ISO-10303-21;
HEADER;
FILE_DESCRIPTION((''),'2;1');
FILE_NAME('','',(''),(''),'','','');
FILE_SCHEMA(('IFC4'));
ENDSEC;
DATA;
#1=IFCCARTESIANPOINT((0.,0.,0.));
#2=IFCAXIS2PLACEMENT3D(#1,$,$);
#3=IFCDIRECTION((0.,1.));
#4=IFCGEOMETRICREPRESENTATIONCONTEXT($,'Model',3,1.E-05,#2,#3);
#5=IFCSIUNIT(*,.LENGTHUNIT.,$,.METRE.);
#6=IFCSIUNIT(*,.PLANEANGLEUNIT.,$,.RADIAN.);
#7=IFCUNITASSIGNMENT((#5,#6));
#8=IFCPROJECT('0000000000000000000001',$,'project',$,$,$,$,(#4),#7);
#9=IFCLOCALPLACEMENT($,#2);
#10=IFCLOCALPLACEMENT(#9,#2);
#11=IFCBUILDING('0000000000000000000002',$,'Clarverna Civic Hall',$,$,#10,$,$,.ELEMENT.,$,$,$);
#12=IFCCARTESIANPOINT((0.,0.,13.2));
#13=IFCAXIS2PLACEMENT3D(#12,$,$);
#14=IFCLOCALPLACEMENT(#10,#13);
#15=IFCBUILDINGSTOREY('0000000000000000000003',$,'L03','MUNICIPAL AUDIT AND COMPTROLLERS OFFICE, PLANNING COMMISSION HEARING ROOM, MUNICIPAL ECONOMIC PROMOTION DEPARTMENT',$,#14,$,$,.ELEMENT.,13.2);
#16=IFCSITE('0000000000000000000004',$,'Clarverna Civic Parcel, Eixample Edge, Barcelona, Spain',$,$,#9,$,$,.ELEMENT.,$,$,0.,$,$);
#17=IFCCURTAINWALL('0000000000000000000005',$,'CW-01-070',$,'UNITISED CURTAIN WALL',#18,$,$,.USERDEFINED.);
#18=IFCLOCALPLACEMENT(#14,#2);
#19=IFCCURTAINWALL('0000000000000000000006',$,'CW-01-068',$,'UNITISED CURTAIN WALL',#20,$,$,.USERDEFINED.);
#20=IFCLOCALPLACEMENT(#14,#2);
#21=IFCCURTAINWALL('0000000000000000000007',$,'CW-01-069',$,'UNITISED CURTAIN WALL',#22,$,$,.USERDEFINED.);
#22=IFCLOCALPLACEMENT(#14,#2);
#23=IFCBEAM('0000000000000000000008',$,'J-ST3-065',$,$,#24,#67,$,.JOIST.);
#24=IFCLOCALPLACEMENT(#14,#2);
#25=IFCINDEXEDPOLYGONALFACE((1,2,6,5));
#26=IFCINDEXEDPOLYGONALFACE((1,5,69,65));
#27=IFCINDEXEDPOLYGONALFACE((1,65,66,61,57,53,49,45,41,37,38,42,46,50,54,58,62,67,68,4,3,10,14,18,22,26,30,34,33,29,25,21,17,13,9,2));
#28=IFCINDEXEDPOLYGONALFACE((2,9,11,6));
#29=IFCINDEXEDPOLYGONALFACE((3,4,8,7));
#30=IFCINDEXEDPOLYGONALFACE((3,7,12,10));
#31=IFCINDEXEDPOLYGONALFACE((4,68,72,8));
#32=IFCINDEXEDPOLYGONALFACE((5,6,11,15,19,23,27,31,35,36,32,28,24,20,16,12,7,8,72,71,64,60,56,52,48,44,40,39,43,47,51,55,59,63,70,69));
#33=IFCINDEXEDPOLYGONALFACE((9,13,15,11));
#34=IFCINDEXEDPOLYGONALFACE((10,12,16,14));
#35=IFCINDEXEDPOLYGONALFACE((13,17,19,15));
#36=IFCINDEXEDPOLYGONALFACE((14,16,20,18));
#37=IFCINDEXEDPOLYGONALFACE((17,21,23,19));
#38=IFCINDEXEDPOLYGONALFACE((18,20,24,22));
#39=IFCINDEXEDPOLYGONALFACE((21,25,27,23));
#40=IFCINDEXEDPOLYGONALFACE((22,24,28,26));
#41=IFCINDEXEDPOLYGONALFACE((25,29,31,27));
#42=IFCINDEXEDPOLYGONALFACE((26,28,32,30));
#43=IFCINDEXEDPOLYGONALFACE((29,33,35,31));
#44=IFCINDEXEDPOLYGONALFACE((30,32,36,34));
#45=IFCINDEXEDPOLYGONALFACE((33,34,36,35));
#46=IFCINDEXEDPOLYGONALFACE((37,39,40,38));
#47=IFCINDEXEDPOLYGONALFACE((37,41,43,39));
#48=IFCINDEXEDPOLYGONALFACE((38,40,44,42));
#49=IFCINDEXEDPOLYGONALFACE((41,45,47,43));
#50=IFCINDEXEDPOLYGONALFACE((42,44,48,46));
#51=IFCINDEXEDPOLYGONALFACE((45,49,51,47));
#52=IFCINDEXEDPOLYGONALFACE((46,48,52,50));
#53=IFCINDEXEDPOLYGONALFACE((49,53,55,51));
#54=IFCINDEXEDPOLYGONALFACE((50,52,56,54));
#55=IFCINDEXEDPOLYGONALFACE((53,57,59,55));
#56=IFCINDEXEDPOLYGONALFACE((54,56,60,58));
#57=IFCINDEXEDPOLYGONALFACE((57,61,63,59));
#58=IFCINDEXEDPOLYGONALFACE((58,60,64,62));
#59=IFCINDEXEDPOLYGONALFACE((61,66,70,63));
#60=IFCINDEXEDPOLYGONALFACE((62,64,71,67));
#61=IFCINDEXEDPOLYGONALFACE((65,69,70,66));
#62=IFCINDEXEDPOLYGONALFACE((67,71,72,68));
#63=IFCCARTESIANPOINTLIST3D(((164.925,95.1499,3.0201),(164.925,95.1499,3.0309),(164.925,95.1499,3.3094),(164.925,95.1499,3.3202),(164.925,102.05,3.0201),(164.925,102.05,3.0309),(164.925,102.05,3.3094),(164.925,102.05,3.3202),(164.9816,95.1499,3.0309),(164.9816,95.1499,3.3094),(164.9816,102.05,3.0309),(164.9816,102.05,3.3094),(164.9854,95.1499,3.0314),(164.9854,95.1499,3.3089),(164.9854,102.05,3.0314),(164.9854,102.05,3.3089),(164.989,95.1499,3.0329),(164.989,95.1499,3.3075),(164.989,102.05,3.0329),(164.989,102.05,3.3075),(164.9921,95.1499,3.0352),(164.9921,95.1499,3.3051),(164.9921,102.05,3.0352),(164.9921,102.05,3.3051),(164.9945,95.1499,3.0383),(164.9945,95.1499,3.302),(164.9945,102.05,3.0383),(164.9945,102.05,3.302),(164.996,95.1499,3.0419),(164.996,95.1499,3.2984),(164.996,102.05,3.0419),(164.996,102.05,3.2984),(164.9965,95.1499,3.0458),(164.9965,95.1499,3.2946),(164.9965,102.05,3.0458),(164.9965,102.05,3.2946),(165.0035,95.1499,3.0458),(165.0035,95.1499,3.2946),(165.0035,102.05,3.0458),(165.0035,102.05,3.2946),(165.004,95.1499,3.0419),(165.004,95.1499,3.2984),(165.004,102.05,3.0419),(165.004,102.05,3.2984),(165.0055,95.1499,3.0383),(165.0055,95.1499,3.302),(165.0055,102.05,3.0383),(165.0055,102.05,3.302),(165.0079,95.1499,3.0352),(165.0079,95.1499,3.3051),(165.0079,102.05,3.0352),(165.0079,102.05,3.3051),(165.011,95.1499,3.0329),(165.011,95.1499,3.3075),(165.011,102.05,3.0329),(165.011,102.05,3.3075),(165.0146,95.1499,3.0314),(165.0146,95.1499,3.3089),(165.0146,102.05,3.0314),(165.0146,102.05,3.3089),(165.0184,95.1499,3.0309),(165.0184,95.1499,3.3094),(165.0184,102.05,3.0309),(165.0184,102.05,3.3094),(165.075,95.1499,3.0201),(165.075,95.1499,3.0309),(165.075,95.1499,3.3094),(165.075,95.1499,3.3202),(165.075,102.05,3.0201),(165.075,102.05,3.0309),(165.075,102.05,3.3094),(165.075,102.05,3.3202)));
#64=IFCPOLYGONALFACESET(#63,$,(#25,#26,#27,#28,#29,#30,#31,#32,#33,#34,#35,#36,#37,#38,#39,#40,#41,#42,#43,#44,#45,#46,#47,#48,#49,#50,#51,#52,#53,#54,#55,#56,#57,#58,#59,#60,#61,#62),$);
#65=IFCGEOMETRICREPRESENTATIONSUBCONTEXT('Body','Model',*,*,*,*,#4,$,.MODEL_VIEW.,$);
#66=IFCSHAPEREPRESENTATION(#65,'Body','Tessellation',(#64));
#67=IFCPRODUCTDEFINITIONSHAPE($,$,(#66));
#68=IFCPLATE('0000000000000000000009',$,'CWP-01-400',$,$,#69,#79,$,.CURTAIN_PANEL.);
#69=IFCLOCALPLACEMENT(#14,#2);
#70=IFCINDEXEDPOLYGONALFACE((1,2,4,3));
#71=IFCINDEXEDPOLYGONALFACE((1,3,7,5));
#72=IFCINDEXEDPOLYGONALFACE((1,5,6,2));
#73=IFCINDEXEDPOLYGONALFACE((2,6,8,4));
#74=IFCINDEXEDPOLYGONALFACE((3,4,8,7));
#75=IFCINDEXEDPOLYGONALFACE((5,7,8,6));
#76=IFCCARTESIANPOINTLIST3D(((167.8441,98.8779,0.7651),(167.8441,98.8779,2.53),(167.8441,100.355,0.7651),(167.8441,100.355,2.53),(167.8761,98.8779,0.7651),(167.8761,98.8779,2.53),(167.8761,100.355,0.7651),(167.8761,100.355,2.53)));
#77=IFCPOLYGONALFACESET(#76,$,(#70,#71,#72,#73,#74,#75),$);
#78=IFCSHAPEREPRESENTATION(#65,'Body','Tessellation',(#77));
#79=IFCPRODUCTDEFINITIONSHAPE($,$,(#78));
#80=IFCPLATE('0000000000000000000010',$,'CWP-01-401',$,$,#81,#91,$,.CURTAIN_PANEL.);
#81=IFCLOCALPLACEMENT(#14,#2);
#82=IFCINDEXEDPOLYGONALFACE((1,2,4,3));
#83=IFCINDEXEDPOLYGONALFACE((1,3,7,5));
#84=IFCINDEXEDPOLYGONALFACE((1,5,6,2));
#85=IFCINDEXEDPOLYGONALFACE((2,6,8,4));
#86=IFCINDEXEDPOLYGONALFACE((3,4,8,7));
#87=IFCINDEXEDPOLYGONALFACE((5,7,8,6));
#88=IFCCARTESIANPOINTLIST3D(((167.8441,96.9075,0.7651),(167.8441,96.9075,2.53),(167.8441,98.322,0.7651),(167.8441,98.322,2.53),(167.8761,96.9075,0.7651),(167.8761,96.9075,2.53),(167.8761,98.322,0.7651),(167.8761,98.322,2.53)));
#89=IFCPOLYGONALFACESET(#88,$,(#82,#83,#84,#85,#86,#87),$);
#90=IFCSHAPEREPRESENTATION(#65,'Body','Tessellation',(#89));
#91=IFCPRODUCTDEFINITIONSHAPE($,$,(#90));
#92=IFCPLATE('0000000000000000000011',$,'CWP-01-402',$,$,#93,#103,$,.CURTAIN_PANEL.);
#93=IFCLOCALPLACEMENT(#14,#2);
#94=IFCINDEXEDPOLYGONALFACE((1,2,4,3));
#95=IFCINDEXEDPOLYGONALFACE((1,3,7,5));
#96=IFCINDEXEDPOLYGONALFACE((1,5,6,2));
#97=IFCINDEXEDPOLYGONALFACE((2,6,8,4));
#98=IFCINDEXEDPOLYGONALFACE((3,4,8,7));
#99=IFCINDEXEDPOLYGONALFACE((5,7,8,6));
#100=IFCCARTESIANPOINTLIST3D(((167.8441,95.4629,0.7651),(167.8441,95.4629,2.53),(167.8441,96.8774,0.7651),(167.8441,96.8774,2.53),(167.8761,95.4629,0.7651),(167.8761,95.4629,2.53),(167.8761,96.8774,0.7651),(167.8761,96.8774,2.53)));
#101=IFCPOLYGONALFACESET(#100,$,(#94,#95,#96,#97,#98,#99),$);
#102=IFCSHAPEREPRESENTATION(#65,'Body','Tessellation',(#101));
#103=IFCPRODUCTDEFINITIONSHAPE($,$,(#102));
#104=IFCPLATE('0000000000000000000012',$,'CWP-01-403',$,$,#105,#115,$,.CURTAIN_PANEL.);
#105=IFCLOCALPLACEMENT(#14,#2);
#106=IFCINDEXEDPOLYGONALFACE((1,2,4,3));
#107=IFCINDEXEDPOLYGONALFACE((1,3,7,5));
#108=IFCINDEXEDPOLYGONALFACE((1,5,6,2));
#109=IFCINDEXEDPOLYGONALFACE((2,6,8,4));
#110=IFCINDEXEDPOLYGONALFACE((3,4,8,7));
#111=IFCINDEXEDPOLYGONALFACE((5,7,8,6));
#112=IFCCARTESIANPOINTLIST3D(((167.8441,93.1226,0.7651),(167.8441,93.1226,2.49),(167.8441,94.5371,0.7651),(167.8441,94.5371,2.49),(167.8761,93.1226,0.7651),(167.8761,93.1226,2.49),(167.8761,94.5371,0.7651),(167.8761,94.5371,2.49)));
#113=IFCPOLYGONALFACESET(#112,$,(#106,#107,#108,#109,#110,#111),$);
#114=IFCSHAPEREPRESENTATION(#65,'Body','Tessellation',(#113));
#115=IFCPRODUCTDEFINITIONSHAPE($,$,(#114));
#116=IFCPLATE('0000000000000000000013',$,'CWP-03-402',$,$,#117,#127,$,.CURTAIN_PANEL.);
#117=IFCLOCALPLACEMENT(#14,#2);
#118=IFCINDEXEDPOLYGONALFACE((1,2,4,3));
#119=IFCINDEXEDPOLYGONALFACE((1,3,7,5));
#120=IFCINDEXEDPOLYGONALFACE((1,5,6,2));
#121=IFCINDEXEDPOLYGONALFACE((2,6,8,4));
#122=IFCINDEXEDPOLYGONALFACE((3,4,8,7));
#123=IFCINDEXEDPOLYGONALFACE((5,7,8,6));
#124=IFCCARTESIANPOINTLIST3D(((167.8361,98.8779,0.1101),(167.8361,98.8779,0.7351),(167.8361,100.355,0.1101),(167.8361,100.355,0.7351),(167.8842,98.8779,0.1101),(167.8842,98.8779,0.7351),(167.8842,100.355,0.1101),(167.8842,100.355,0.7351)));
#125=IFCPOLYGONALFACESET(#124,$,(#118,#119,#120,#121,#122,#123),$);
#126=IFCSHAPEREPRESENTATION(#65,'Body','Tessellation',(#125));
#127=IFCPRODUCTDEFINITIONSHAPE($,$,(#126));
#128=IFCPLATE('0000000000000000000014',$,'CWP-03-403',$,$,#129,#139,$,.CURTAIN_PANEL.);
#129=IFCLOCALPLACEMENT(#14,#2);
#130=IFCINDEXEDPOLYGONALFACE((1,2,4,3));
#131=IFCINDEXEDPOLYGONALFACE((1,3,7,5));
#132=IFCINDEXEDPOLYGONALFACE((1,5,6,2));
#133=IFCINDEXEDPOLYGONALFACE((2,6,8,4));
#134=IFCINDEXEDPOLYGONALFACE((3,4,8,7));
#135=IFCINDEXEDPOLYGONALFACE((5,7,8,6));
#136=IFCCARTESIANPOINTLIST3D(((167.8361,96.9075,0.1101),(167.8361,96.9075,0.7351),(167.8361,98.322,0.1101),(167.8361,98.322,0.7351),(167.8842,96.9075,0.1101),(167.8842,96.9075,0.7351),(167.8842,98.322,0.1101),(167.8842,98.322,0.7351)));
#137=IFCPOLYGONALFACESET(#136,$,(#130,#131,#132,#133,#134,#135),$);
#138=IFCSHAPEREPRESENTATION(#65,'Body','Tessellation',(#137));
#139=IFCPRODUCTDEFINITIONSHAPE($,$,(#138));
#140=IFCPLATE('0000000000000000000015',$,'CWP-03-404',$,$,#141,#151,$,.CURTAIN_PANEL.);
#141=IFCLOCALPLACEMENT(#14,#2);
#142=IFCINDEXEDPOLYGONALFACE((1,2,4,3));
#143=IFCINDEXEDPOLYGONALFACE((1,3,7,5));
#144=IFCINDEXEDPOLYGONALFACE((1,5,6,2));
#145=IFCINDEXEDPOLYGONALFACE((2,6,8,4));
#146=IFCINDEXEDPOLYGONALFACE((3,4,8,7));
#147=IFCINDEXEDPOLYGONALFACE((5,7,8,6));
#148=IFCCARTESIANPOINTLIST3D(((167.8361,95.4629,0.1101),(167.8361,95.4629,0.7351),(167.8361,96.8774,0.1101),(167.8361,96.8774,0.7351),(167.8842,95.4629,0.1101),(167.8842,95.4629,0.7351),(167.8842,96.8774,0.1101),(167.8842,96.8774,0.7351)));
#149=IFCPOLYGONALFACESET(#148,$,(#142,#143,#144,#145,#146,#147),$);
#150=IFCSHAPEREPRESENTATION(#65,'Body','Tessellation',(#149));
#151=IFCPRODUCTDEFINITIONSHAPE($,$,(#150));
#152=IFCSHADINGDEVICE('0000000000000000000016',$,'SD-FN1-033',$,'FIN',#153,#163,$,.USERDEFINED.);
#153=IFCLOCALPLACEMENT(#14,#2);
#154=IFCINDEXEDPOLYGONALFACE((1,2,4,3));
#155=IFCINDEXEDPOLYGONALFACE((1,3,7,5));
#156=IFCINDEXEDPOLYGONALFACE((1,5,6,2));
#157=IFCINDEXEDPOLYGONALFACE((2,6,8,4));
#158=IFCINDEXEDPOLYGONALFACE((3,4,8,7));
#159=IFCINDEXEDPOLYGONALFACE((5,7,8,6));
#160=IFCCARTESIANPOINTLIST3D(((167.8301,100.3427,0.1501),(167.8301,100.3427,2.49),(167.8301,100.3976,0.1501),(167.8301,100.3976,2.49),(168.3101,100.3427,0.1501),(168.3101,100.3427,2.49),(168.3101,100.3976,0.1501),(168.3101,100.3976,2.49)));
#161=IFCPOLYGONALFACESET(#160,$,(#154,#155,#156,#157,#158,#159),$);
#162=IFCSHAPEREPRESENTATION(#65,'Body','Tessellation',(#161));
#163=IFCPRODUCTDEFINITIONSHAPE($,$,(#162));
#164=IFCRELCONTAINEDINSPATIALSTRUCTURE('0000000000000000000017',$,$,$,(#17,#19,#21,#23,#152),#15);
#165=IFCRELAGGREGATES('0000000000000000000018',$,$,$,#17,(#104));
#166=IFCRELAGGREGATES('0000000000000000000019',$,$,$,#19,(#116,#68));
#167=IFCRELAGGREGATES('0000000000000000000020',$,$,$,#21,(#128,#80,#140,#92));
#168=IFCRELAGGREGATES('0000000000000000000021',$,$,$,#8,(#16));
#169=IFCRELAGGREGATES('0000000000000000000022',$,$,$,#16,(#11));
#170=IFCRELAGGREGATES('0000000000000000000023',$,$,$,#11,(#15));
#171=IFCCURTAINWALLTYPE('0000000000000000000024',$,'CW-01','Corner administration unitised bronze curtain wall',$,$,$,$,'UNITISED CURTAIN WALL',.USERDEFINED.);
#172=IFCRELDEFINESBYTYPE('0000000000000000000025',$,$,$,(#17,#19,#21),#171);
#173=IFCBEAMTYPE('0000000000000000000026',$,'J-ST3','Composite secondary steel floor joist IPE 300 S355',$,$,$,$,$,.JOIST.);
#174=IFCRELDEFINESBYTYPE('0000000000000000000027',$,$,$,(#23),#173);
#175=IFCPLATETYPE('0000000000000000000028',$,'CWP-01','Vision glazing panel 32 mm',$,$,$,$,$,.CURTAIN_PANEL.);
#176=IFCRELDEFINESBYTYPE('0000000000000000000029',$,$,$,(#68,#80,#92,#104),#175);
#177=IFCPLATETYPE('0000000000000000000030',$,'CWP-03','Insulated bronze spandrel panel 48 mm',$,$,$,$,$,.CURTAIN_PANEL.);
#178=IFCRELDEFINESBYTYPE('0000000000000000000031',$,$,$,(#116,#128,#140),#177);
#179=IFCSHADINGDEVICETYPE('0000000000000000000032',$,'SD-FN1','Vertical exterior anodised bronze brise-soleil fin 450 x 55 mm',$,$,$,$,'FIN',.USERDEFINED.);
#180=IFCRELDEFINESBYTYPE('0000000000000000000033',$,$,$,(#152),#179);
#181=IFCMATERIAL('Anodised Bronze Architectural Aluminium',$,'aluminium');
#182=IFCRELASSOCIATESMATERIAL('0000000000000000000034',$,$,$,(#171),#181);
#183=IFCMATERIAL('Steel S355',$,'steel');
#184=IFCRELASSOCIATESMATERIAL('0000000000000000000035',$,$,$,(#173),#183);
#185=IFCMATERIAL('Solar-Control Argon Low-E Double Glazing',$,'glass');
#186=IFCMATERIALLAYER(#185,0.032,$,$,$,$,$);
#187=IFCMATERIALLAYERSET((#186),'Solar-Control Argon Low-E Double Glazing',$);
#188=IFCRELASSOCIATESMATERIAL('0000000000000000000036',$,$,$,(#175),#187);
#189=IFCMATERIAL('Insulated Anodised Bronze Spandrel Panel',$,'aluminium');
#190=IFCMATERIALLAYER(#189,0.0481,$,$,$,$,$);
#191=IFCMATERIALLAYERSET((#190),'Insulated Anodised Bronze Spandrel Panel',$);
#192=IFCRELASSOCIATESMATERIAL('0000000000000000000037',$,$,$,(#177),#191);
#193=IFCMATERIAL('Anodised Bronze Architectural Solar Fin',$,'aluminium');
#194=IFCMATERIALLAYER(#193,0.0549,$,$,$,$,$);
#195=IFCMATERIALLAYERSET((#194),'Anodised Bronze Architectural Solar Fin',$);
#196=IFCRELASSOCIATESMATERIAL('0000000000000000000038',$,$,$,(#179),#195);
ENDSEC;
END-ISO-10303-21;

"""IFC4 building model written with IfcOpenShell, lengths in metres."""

from ifc_helpers import new_model, si_unit, direction, frame, frame_2d, origin, origin_2d, place, context, subcontext, project, spatial, rectangle, i_section, extrude, material, layer, layer_set, material_profile, profile_set, type_object, element, aggregate, save


model = new_model("IFC4")

# Units and contexts
model_context = context("Model", 3, precision=1e-05, world=origin(), true_north=direction((0.0, 1.0)))
body_context = subcontext(model_context, "Body", "Model", "MODEL_VIEW")
ifc_project = project(units=[si_unit("LENGTHUNIT", "METRE"), si_unit("PLANEANGLEUNIT", "RADIAN")], contexts=[model_context])

# Site, building, storey
site_placement = place(None, origin())
site = spatial("IfcSite", under=ifc_project, at=site_placement, Name="Clarverna Civic Parcel, Eixample Edge, Barcelona, Spain", CompositionType="ELEMENT", RefElevation=0.0)
building_placement = place(site_placement, origin())
building = spatial("IfcBuilding", under=site, at=building_placement, Name="Clarverna Civic Hall", CompositionType="ELEMENT")
storey_placement = place(building_placement, frame((0.0, 0.0, 13.2)))
storey = spatial("IfcBuildingStorey", under=building, at=storey_placement, Name="L03", Description="MUNICIPAL AUDIT AND COMPTROLLERS OFFICE, PLANNING COMMISSION HEARING ROOM, MUNICIPAL ECONOMIC PROMOTION DEPARTMENT", CompositionType="ELEMENT", Elevation=13.2)

# Shared definitions
ifc_material_1 = material(Name="Steel S355", Category="steel")

# Curtain wall
ifc_material_2 = material(Name="Anodised Bronze Architectural Aluminium", Category="aluminium")
curtain_wall_type = type_object("IfcCurtainWallType", Name="CW-01", Description="Corner administration unitised bronze curtain wall", ElementType="UNITISED CURTAIN WALL", PredefinedType="USERDEFINED", material=ifc_material_2)
curtain_wall_1_placement = place(storey_placement, origin())
curtain_wall_1 = element("IfcCurtainWall", 1, at=curtain_wall_1_placement, inside=storey, type_object=curtain_wall_type, Name="CW-01-070", ObjectType="UNITISED CURTAIN WALL", PredefinedType="USERDEFINED")

# Curtain walls
curtain_wall_2_placement = place(storey_placement, origin())
curtain_wall_2 = element("IfcCurtainWall", 2, at=curtain_wall_2_placement, inside=storey, type_object=curtain_wall_type, Name="CW-01-068", ObjectType="UNITISED CURTAIN WALL", PredefinedType="USERDEFINED")
curtain_wall_3_placement = place(storey_placement, origin())
curtain_wall_3 = element("IfcCurtainWall", 3, at=curtain_wall_3_placement, inside=storey, type_object=curtain_wall_type, Name="CW-01-069", ObjectType="UNITISED CURTAIN WALL", PredefinedType="USERDEFINED")

# Beam
ifc_material_profile_1 = material_profile(ifc_material_1, i_section(OverallWidth=0.1499, OverallDepth=0.3, WebThickness=0.0071, FlangeThickness=0.0107, FilletRadius=0.0149, at=origin_2d()), Name="IPE 300")
ifc_profile_set_1 = profile_set([ifc_material_profile_1], Name="Steel S355")
beam_type_1 = type_object("IfcBeamType", Name="J-ST3", Description="Composite secondary steel floor joist IPE 300 S355", PredefinedType="JOIST", material=ifc_profile_set_1)
beam_1_placement = place(storey_placement, frame((165.0, 95.1499, 3.1702), z_axis=(0.0, 1.0, 0.0), x_axis=(-1.0, 0.0, 0.0)))
element("IfcBeam", 4, at=beam_1_placement, inside=storey, type_object=beam_type_1, Name="J-ST3-065", PredefinedType="JOIST", context=body_context, shape_type="SweptSolid", body=[
    extrude(i_section(OverallWidth=0.1499, OverallDepth=0.3, WebThickness=0.0071, FlangeThickness=0.0107, FilletRadius=0.0149, at=origin_2d()), origin(), (0.0, 0.0, 1.0), 6.9001),
])

# Plates
ifc_material_3 = material(Name="Solar-Control Argon Low-E Double Glazing", Category="glass")
ifc_layer_1 = layer(ifc_material_3, 0.032)
ifc_layer_set_1 = layer_set([ifc_layer_1], Name="Solar-Control Argon Low-E Double Glazing")
plate_type_1 = type_object("IfcPlateType", Name="CWP-01", Description="Vision glazing panel 32 mm", PredefinedType="CURTAIN_PANEL", material=ifc_layer_set_1)
plate_1_placement = place(storey_placement, frame((167.8601, 100.355, 0.7651), z_axis=(0.0, 0.0, 1.0), x_axis=(0.0, -1.0, 0.0)))
plate_1 = element("IfcPlate", 5, at=plate_1_placement, type_object=plate_type_1, Name="CWP-01-400", PredefinedType="CURTAIN_PANEL", context=body_context, shape_type="SweptSolid", body=[
    extrude(rectangle(XDim=1.4771, YDim=0.032, at=frame_2d((0.7385, 0.0))), origin(), (0.0, 0.0, 1.0), 1.7649),
])
plate_2_placement = place(storey_placement, frame((167.8601, 98.322, 0.7651), z_axis=(0.0, 0.0, 1.0), x_axis=(0.0, -1.0, 0.0)))
plate_2 = element("IfcPlate", 6, at=plate_2_placement, type_object=plate_type_1, Name="CWP-01-401", PredefinedType="CURTAIN_PANEL", context=body_context, shape_type="SweptSolid", body=[
    extrude(rectangle(XDim=1.4146, YDim=0.032, at=frame_2d((0.7073, 0.0))), origin(), (0.0, 0.0, 1.0), 1.7649),
])
plate_3_placement = place(storey_placement, frame((167.8601, 96.8774, 0.7651), z_axis=(0.0, 0.0, 1.0), x_axis=(0.0, -1.0, 0.0)))
plate_3 = element("IfcPlate", 7, at=plate_3_placement, type_object=plate_type_1, Name="CWP-01-402", PredefinedType="CURTAIN_PANEL", context=body_context, shape_type="SweptSolid", body=[
    extrude(rectangle(XDim=1.4146, YDim=0.032, at=frame_2d((0.7073, 0.0))), origin(), (0.0, 0.0, 1.0), 1.7649),
])
plate_4_placement = place(storey_placement, frame((167.8601, 94.5371, 0.7651), z_axis=(0.0, 0.0, 1.0), x_axis=(0.0, -1.0, 0.0)))
plate_4 = element("IfcPlate", 8, at=plate_4_placement, type_object=plate_type_1, Name="CWP-01-403", PredefinedType="CURTAIN_PANEL", context=body_context, shape_type="SweptSolid", body=[
    extrude(rectangle(XDim=1.4146, YDim=0.032, at=frame_2d((0.7073, 0.0))), origin(), (0.0, 0.0, 1.0), 1.7249),
])
aggregate(curtain_wall_1, [plate_4])
ifc_material_4 = material(Name="Insulated Anodised Bronze Spandrel Panel", Category="aluminium")
ifc_layer_2 = layer(ifc_material_4, 0.0481)
ifc_layer_set_2 = layer_set([ifc_layer_2], Name="Insulated Anodised Bronze Spandrel Panel")
plate_type_2 = type_object("IfcPlateType", Name="CWP-03", Description="Insulated bronze spandrel panel 48 mm", PredefinedType="CURTAIN_PANEL", material=ifc_layer_set_2)
plate_5_placement = place(storey_placement, frame((167.8601, 100.355, 0.1101), z_axis=(0.0, 0.0, 1.0), x_axis=(0.0, -1.0, 0.0)))
plate_5 = element("IfcPlate", 9, at=plate_5_placement, type_object=plate_type_2, Name="CWP-03-402", PredefinedType="CURTAIN_PANEL", context=body_context, shape_type="SweptSolid", body=[
    extrude(rectangle(XDim=1.4771, YDim=0.0481, at=frame_2d((0.7385, 0.0))), origin(), (0.0, 0.0, 1.0), 0.625),
])
aggregate(curtain_wall_2, [plate_5, plate_1])
plate_6_placement = place(storey_placement, frame((167.8601, 98.322, 0.1101), z_axis=(0.0, 0.0, 1.0), x_axis=(0.0, -1.0, 0.0)))
plate_6 = element("IfcPlate", 10, at=plate_6_placement, type_object=plate_type_2, Name="CWP-03-403", PredefinedType="CURTAIN_PANEL", context=body_context, shape_type="SweptSolid", body=[
    extrude(rectangle(XDim=1.4146, YDim=0.0481, at=frame_2d((0.7073, 0.0))), origin(), (0.0, 0.0, 1.0), 0.625),
])
plate_7_placement = place(storey_placement, frame((167.8601, 96.8774, 0.1101), z_axis=(0.0, 0.0, 1.0), x_axis=(0.0, -1.0, 0.0)))
plate_7 = element("IfcPlate", 11, at=plate_7_placement, type_object=plate_type_2, Name="CWP-03-404", PredefinedType="CURTAIN_PANEL", context=body_context, shape_type="SweptSolid", body=[
    extrude(rectangle(XDim=1.4146, YDim=0.0481, at=frame_2d((0.7073, 0.0))), origin(), (0.0, 0.0, 1.0), 0.625),
])
aggregate(curtain_wall_3, [plate_6, plate_2, plate_7, plate_3])

# Shading device
ifc_material_5 = material(Name="Anodised Bronze Architectural Solar Fin", Category="aluminium")
ifc_layer_3 = layer(ifc_material_5, 0.0549)
ifc_layer_set_3 = layer_set([ifc_layer_3], Name="Anodised Bronze Architectural Solar Fin")
shading_device_type = type_object("IfcShadingDeviceType", Name="SD-FN1", Description="Vertical exterior anodised bronze brise-soleil fin 450 x 55 mm", ElementType="FIN", PredefinedType="USERDEFINED", material=ifc_layer_set_3)
shading_device_placement = place(storey_placement, frame((167.8301, 100.3701, 0.1501), z_axis=(0.0, 0.0, 1.0), x_axis=(1.0, 0.0, 0.0)))
element("IfcShadingDevice", 12, at=shading_device_placement, inside=storey, type_object=shading_device_type, Name="SD-FN1-033", ObjectType="FIN", PredefinedType="USERDEFINED", context=body_context, shape_type="SweptSolid", body=[
    extrude(rectangle(XDim=0.48, YDim=0.0549, at=frame_2d((0.24, 0.0))), origin(), (0.0, 0.0, 1.0), 2.3398),
])

save(model, "model.ifc")
